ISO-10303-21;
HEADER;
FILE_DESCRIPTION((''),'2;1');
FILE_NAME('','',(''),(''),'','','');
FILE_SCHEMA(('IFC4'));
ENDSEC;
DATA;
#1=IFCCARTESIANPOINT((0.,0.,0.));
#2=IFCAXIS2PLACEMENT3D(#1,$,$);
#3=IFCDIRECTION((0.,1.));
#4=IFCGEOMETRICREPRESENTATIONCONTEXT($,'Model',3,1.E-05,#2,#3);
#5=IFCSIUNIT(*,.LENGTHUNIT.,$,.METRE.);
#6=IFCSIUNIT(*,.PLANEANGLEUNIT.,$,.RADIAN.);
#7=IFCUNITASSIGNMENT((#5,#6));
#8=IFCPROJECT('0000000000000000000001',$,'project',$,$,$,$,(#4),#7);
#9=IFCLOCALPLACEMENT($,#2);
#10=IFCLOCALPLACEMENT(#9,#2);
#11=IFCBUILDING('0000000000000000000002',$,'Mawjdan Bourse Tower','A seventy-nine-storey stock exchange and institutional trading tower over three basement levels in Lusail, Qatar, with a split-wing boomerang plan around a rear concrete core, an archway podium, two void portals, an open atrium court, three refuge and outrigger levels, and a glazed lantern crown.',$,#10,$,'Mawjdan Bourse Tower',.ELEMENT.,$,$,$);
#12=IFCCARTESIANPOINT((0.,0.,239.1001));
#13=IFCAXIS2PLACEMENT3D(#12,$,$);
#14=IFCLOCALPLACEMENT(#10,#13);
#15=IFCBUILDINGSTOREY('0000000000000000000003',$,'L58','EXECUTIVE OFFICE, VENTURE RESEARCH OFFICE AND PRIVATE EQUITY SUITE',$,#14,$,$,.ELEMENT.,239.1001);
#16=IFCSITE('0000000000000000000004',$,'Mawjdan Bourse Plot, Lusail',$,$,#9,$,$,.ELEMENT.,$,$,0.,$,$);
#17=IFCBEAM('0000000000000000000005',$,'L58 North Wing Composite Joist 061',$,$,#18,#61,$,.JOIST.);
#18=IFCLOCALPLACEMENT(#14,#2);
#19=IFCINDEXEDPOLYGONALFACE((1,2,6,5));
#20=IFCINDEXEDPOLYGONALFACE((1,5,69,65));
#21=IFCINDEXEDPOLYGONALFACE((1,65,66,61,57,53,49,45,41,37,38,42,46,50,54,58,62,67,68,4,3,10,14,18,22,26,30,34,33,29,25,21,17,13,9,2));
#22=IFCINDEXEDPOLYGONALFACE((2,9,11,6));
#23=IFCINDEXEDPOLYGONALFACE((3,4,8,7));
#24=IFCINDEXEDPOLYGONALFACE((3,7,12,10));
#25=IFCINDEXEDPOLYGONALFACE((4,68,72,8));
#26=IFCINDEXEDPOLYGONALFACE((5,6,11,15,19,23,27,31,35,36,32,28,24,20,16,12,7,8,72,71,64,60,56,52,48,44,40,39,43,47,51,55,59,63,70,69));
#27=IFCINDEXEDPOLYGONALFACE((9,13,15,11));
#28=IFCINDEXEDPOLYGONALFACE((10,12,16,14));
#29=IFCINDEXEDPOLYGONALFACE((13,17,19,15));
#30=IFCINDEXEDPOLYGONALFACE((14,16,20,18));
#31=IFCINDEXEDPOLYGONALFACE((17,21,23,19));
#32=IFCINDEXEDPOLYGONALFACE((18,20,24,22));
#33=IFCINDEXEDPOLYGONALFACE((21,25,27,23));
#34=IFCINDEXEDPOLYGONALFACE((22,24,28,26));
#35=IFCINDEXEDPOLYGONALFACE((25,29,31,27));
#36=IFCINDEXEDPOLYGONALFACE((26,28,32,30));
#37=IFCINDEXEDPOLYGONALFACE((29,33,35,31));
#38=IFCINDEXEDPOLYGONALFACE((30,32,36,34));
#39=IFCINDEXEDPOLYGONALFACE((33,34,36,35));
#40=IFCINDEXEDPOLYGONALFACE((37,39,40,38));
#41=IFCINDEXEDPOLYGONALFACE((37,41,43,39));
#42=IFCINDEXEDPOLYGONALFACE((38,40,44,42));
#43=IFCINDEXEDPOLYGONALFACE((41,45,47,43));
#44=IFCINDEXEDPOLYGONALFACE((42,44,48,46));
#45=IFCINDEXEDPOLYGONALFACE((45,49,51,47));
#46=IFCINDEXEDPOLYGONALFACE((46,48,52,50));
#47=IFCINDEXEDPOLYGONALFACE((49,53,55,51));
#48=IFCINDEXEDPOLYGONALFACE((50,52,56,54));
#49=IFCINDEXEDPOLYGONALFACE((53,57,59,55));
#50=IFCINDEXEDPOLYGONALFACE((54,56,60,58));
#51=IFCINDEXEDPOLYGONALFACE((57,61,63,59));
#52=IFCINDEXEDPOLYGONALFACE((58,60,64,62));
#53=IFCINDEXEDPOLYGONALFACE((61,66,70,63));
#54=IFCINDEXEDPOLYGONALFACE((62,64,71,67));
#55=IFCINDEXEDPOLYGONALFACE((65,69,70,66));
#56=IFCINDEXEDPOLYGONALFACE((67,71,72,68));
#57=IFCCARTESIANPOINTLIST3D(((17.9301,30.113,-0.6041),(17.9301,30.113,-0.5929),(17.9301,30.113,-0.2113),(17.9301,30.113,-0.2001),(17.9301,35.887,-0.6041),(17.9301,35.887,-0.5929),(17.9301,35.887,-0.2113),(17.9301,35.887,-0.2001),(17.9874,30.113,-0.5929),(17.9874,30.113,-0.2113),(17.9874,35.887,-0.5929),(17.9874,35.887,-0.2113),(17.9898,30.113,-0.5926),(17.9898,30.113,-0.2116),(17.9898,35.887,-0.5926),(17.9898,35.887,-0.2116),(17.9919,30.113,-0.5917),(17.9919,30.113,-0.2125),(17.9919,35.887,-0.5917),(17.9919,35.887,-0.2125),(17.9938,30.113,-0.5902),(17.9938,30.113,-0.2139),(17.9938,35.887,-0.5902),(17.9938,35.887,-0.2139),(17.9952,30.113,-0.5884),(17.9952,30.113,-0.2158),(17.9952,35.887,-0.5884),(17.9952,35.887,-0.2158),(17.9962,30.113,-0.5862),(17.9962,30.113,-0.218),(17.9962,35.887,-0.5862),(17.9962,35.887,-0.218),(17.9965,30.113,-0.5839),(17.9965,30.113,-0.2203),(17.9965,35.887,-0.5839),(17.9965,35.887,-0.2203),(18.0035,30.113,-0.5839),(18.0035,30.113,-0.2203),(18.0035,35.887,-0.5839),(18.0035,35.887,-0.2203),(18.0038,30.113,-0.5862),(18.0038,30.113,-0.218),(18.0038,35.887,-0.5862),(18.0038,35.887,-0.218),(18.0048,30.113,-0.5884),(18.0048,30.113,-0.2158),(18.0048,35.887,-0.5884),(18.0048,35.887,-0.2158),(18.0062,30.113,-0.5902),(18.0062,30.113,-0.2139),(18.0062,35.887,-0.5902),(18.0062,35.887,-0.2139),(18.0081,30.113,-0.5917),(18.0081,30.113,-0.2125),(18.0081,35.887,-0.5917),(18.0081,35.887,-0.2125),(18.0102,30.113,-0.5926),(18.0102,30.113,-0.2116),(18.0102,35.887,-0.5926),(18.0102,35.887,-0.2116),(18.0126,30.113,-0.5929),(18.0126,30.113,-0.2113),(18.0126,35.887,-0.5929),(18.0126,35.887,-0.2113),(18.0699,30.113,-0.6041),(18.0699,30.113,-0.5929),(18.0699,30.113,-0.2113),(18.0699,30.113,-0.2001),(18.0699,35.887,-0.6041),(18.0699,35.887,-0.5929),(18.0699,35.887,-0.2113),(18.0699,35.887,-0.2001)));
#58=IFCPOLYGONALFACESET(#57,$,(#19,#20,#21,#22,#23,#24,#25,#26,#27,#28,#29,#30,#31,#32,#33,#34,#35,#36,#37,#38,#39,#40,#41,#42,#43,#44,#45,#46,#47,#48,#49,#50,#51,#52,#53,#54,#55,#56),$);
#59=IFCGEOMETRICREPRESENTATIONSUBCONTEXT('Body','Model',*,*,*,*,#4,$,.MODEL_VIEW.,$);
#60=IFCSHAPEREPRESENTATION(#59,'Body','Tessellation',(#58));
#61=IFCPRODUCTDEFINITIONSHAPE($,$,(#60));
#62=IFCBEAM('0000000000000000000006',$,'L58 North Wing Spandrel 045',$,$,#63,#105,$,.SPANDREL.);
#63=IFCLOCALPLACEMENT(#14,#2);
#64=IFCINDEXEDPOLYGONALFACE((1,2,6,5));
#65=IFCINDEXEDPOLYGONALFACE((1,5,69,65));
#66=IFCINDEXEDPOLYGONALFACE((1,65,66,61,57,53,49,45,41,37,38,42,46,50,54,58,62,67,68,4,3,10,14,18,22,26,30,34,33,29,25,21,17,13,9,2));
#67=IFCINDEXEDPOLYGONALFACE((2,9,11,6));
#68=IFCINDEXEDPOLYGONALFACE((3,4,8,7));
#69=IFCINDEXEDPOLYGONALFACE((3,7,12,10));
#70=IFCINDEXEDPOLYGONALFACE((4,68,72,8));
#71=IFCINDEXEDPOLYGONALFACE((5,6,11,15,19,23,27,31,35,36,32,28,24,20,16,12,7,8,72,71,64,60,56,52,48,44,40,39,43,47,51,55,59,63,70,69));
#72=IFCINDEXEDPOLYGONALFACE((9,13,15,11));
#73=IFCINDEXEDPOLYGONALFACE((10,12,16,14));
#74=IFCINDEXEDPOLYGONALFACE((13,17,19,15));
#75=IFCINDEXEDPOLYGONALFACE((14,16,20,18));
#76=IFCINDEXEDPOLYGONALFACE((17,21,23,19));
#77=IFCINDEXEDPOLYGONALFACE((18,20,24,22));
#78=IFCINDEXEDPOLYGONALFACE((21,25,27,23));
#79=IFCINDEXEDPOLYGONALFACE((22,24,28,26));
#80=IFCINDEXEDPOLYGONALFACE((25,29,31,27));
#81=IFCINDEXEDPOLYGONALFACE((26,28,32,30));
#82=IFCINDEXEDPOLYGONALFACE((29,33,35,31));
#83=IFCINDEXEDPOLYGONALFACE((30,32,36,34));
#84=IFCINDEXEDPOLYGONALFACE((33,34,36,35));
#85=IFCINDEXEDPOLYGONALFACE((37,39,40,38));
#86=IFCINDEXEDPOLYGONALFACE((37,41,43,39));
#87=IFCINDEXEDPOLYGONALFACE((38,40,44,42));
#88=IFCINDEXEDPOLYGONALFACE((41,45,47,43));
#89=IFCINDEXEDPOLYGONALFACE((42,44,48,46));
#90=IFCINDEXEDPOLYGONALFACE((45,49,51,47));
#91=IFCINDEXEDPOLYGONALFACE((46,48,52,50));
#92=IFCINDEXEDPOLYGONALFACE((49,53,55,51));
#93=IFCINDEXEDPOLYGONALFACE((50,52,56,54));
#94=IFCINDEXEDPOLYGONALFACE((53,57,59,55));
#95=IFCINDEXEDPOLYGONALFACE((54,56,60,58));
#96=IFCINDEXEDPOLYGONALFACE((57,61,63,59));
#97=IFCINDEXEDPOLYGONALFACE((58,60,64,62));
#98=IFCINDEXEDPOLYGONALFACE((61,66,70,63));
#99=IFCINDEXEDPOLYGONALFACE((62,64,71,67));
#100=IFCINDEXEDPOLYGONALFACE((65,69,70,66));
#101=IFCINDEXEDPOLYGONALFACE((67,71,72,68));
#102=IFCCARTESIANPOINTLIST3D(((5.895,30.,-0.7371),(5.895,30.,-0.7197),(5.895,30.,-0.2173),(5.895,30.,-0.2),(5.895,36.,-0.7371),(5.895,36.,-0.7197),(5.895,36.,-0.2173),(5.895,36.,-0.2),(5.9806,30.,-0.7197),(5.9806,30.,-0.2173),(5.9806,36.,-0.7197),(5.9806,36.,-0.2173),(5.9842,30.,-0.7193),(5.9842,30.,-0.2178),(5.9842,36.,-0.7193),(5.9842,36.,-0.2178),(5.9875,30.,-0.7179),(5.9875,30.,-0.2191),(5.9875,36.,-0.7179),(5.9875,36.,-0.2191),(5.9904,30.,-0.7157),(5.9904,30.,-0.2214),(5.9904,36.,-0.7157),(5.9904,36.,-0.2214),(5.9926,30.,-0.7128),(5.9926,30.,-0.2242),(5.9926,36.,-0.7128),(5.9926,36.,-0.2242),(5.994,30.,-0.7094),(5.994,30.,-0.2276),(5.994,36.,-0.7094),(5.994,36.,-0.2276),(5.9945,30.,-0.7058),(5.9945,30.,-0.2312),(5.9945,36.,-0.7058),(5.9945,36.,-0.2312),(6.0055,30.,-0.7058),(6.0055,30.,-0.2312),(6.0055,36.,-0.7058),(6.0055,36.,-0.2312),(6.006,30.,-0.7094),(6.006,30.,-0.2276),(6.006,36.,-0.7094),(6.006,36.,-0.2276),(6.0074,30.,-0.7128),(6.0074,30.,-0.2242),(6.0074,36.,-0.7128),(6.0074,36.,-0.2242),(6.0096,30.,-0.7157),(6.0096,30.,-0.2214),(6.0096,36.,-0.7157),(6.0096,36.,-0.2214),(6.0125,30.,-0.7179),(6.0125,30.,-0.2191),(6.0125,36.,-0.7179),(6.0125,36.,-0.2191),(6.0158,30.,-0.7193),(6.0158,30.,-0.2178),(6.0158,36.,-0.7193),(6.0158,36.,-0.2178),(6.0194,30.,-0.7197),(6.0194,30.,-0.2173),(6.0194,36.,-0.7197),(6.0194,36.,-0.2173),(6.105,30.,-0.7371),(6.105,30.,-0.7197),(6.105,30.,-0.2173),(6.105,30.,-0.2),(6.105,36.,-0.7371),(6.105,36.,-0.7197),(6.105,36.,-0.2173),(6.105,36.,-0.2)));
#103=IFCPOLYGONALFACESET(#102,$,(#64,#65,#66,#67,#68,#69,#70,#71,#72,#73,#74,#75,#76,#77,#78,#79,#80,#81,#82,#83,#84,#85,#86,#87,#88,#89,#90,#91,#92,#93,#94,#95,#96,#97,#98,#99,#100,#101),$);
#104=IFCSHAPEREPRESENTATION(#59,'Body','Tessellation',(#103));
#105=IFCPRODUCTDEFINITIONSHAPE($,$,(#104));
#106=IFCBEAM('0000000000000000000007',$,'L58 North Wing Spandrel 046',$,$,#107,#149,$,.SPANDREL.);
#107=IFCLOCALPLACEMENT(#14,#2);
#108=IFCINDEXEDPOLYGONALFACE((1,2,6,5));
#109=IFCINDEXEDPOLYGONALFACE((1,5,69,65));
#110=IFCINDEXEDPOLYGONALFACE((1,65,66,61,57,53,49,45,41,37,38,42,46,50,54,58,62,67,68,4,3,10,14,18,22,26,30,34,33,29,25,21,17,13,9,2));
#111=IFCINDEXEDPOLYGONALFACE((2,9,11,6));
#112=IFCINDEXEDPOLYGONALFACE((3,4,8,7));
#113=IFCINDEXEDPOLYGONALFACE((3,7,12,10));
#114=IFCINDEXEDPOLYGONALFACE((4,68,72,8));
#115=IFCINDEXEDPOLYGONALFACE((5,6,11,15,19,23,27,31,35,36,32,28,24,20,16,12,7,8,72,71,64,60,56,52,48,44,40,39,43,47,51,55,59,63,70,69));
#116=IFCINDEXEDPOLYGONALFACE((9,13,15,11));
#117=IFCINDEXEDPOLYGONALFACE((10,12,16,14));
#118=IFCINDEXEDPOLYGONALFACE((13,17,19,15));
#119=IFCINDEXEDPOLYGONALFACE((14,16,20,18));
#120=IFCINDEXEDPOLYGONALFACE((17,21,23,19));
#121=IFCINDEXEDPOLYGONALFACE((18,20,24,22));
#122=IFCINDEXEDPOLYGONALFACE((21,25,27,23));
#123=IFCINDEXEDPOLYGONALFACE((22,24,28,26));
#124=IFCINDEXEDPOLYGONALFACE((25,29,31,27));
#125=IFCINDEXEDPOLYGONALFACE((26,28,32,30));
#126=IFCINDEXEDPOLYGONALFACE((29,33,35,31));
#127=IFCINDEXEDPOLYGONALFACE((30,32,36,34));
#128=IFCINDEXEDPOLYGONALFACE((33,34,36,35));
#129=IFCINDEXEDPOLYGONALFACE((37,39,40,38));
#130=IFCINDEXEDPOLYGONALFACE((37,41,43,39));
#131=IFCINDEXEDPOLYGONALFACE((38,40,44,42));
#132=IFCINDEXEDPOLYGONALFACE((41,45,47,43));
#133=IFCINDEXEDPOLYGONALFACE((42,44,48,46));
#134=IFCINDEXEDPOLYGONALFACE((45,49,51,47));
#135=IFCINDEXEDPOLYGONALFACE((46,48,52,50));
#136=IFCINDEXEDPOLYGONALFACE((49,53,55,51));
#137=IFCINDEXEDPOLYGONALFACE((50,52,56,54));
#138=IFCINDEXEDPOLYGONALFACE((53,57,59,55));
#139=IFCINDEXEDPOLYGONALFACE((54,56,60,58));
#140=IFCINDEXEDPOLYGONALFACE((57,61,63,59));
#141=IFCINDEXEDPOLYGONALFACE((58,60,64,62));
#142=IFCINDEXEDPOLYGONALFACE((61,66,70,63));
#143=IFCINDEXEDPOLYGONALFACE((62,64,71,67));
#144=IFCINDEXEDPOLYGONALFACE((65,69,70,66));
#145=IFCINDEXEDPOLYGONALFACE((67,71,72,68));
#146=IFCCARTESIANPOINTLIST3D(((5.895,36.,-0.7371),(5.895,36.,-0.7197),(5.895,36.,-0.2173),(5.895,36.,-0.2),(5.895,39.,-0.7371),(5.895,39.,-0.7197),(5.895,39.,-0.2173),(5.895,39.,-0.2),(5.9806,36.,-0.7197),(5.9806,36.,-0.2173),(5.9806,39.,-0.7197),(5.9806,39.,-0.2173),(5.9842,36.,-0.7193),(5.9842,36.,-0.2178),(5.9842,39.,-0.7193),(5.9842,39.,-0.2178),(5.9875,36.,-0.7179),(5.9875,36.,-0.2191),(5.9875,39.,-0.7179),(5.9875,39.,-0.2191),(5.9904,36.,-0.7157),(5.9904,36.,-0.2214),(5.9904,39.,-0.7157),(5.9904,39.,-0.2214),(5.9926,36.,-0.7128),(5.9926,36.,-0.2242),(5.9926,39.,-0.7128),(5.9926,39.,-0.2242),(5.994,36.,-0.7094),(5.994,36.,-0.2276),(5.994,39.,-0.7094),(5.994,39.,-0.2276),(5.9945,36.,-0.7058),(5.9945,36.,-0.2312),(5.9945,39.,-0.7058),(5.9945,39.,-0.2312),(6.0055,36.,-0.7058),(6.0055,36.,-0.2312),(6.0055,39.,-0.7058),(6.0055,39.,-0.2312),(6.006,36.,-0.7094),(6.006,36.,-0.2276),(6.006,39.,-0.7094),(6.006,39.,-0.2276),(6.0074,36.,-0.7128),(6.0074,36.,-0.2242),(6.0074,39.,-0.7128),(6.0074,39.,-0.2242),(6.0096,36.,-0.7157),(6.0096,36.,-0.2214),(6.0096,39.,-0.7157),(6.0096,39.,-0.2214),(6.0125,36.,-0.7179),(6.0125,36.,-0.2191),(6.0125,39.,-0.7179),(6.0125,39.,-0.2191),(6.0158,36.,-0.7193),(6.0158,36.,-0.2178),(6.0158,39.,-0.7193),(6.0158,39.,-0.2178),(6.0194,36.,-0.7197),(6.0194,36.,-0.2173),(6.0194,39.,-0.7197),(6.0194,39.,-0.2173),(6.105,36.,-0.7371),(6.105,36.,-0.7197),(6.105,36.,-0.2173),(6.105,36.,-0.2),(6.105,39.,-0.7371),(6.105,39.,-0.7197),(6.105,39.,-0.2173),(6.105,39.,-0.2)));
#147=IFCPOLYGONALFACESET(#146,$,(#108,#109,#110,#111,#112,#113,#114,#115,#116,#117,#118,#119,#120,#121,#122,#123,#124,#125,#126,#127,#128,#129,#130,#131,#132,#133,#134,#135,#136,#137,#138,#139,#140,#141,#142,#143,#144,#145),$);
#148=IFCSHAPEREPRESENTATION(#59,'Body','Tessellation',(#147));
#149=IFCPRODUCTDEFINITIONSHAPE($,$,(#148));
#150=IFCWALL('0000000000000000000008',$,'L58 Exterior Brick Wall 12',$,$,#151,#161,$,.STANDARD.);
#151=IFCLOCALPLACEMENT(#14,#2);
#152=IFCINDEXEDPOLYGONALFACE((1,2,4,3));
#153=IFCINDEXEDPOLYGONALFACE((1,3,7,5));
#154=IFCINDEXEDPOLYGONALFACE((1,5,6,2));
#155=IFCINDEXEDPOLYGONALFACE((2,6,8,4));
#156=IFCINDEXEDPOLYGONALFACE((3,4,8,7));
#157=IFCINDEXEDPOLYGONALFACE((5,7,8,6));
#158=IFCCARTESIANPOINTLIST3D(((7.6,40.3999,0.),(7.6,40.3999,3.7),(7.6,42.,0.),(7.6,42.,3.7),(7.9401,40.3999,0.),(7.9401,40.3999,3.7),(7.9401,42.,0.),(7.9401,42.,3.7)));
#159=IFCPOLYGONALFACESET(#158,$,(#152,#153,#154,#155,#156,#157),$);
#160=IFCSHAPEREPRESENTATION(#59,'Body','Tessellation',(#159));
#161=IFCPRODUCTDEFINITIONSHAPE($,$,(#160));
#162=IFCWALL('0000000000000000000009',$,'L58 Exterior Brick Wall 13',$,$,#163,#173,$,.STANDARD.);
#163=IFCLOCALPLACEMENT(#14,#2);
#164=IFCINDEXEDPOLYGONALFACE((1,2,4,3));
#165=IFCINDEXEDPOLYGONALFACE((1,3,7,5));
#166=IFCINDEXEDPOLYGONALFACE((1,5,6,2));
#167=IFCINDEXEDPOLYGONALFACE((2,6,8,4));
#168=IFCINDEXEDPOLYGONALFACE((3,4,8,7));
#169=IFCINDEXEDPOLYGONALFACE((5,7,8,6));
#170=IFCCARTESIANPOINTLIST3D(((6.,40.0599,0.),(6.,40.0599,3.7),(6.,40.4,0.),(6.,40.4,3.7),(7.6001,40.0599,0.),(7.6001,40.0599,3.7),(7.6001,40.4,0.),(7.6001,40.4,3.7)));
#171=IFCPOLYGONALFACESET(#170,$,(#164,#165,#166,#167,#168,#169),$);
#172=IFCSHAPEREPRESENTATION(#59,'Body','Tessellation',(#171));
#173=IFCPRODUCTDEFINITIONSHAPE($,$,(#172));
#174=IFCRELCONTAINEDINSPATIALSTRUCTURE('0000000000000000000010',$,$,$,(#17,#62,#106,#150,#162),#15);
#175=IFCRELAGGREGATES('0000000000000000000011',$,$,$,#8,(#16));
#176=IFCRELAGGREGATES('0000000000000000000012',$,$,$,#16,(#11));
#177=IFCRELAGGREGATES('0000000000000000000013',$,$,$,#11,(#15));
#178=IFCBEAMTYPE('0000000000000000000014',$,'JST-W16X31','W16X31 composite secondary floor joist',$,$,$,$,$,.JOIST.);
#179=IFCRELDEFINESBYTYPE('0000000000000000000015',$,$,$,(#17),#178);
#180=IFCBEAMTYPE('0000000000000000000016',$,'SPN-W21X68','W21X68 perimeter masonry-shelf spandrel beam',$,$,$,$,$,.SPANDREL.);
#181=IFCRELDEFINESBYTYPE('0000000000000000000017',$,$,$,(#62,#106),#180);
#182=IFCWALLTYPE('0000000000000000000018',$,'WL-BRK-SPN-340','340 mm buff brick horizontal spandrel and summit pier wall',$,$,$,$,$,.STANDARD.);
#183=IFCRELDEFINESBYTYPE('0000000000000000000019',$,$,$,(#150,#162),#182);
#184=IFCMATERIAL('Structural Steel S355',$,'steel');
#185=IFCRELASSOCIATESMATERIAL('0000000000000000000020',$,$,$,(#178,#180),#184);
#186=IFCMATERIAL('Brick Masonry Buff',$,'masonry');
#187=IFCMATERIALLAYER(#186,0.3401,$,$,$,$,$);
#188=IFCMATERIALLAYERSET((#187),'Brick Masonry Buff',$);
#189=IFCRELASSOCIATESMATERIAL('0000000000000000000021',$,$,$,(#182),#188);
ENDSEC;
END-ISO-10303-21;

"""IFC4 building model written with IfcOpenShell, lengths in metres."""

from ifc_helpers import new_model, si_unit, direction, frame, frame_2d, origin, origin_2d, place, context, subcontext, project, spatial, rectangle, i_section, extrude, material, layer, layer_set, material_profile, profile_set, type_object, element, save


model = new_model("IFC4")

# Units and contexts
model_context = context("Model", 3, precision=1e-05, world=origin(), true_north=direction((0.0, 1.0)))
body_context = subcontext(model_context, "Body", "Model", "MODEL_VIEW")
ifc_project = project(units=[si_unit("LENGTHUNIT", "METRE"), si_unit("PLANEANGLEUNIT", "RADIAN")], contexts=[model_context])

# Site, building, storey
site_placement = place(None, origin())
site = spatial("IfcSite", under=ifc_project, at=site_placement, Name="Mawjdan Bourse Plot, Lusail", CompositionType="ELEMENT", RefElevation=0.0)
building_placement = place(site_placement, origin())
building = spatial("IfcBuilding", under=site, at=building_placement, Name="Mawjdan Bourse Tower", Description="A seventy-nine-storey stock exchange and institutional trading tower over three basement levels in Lusail, Qatar, with a split-wing boomerang plan around a rear concrete core, an archway podium, two void portals, an open atrium court, three refuge and outrigger levels, and a glazed lantern crown.", LongName="Mawjdan Bourse Tower", CompositionType="ELEMENT")
storey_placement = place(building_placement, frame((0.0, 0.0, 239.1001)))
storey = spatial("IfcBuildingStorey", under=building, at=storey_placement, Name="L58", Description="EXECUTIVE OFFICE, VENTURE RESEARCH OFFICE AND PRIVATE EQUITY SUITE", CompositionType="ELEMENT", Elevation=239.1001)

# Beams
ifc_material_1 = material(Name="Structural Steel S355", Category="steel")
ifc_material_profile_1 = material_profile(ifc_material_1, i_section(OverallWidth=0.1399, OverallDepth=0.4041, WebThickness=0.0071, FlangeThickness=0.0112, FilletRadius=0.009, at=origin_2d()), Name="W16X31")
ifc_profile_set_1 = profile_set([ifc_material_profile_1], Name="Structural Steel S355")
beam_type_1 = type_object("IfcBeamType", Name="JST-W16X31", Description="W16X31 composite secondary floor joist", PredefinedType="JOIST", material=ifc_profile_set_1)
beam_1_placement = place(storey_placement, frame((18.0, 30.113, -0.4021), z_axis=(0.0, 1.0, 0.0), x_axis=(-1.0, 0.0, 0.0)))
element("IfcBeam", 1, at=beam_1_placement, inside=storey, type_object=beam_type_1, Name="L58 North Wing Composite Joist 061", PredefinedType="JOIST", context=body_context, shape_type="SweptSolid", body=[
    extrude(i_section(OverallWidth=0.1399, OverallDepth=0.4041, WebThickness=0.0071, FlangeThickness=0.0112, FilletRadius=0.009, at=origin_2d()), origin(), (0.0, 0.0, 1.0), 5.7739),
])
ifc_material_profile_2 = material_profile(ifc_material_1, i_section(OverallWidth=0.21, OverallDepth=0.5371, WebThickness=0.011, FlangeThickness=0.0173, FilletRadius=0.0139, at=origin_2d()), Name="W21X68")
ifc_profile_set_2 = profile_set([ifc_material_profile_2], Name="Structural Steel S355")
beam_type_2 = type_object("IfcBeamType", Name="SPN-W21X68", Description="W21X68 perimeter masonry-shelf spandrel beam", PredefinedType="SPANDREL", material=ifc_profile_set_2)
beam_2_placement = place(storey_placement, frame((6.0, 30.0, -0.4685), z_axis=(0.0, 1.0, 0.0), x_axis=(-1.0, 0.0, 0.0)))
element("IfcBeam", 2, at=beam_2_placement, inside=storey, type_object=beam_type_2, Name="L58 North Wing Spandrel 045", PredefinedType="SPANDREL", context=body_context, shape_type="SweptSolid", body=[
    extrude(i_section(OverallWidth=0.21, OverallDepth=0.5371, WebThickness=0.011, FlangeThickness=0.0173, FilletRadius=0.0139, at=origin_2d()), origin(), (0.0, 0.0, 1.0), 6.0),
])
beam_3_placement = place(storey_placement, frame((6.0, 36.0, -0.4685), z_axis=(0.0, 1.0, 0.0), x_axis=(-1.0, 0.0, 0.0)))
element("IfcBeam", 3, at=beam_3_placement, inside=storey, type_object=beam_type_2, Name="L58 North Wing Spandrel 046", PredefinedType="SPANDREL", context=body_context, shape_type="SweptSolid", body=[
    extrude(i_section(OverallWidth=0.21, OverallDepth=0.5371, WebThickness=0.011, FlangeThickness=0.0173, FilletRadius=0.0139, at=origin_2d()), origin(), (0.0, 0.0, 1.0), 3.0),
])

# Walls
ifc_material_2 = material(Name="Brick Masonry Buff", Category="masonry")
ifc_layer_1 = layer(ifc_material_2, 0.3401)
ifc_layer_set_1 = layer_set([ifc_layer_1], Name="Brick Masonry Buff")
wall_type_1 = type_object("IfcWallType", Name="WL-BRK-SPN-340", Description="340 mm buff brick horizontal spandrel and summit pier wall", PredefinedType="STANDARD", material=ifc_layer_set_1)
for number, where, z_axis, x_axis, name in (
    (4, (7.77, 42.0, 0.0), (0.0, 0.0, 1.0), (0.0, -1.0, 0.0), "L58 Exterior Brick Wall 12"),
    (5, (7.6001, 40.23, 0.0), (0.0, 0.0, 1.0), (-1.0, 0.0, 0.0), "L58 Exterior Brick Wall 13"),
):
    element("IfcWall", number, at=place(storey_placement, frame(where, z_axis=z_axis, x_axis=x_axis)), inside=storey, type_object=wall_type_1, Name=name, PredefinedType="STANDARD", context=body_context, shape_type="SweptSolid", body=[
        extrude(rectangle(XDim=1.6001, YDim=0.3401, at=frame_2d((0.8, 0.0))), origin(), (0.0, 0.0, 1.0), 3.7),
    ])

save(model, "model.ifc")
